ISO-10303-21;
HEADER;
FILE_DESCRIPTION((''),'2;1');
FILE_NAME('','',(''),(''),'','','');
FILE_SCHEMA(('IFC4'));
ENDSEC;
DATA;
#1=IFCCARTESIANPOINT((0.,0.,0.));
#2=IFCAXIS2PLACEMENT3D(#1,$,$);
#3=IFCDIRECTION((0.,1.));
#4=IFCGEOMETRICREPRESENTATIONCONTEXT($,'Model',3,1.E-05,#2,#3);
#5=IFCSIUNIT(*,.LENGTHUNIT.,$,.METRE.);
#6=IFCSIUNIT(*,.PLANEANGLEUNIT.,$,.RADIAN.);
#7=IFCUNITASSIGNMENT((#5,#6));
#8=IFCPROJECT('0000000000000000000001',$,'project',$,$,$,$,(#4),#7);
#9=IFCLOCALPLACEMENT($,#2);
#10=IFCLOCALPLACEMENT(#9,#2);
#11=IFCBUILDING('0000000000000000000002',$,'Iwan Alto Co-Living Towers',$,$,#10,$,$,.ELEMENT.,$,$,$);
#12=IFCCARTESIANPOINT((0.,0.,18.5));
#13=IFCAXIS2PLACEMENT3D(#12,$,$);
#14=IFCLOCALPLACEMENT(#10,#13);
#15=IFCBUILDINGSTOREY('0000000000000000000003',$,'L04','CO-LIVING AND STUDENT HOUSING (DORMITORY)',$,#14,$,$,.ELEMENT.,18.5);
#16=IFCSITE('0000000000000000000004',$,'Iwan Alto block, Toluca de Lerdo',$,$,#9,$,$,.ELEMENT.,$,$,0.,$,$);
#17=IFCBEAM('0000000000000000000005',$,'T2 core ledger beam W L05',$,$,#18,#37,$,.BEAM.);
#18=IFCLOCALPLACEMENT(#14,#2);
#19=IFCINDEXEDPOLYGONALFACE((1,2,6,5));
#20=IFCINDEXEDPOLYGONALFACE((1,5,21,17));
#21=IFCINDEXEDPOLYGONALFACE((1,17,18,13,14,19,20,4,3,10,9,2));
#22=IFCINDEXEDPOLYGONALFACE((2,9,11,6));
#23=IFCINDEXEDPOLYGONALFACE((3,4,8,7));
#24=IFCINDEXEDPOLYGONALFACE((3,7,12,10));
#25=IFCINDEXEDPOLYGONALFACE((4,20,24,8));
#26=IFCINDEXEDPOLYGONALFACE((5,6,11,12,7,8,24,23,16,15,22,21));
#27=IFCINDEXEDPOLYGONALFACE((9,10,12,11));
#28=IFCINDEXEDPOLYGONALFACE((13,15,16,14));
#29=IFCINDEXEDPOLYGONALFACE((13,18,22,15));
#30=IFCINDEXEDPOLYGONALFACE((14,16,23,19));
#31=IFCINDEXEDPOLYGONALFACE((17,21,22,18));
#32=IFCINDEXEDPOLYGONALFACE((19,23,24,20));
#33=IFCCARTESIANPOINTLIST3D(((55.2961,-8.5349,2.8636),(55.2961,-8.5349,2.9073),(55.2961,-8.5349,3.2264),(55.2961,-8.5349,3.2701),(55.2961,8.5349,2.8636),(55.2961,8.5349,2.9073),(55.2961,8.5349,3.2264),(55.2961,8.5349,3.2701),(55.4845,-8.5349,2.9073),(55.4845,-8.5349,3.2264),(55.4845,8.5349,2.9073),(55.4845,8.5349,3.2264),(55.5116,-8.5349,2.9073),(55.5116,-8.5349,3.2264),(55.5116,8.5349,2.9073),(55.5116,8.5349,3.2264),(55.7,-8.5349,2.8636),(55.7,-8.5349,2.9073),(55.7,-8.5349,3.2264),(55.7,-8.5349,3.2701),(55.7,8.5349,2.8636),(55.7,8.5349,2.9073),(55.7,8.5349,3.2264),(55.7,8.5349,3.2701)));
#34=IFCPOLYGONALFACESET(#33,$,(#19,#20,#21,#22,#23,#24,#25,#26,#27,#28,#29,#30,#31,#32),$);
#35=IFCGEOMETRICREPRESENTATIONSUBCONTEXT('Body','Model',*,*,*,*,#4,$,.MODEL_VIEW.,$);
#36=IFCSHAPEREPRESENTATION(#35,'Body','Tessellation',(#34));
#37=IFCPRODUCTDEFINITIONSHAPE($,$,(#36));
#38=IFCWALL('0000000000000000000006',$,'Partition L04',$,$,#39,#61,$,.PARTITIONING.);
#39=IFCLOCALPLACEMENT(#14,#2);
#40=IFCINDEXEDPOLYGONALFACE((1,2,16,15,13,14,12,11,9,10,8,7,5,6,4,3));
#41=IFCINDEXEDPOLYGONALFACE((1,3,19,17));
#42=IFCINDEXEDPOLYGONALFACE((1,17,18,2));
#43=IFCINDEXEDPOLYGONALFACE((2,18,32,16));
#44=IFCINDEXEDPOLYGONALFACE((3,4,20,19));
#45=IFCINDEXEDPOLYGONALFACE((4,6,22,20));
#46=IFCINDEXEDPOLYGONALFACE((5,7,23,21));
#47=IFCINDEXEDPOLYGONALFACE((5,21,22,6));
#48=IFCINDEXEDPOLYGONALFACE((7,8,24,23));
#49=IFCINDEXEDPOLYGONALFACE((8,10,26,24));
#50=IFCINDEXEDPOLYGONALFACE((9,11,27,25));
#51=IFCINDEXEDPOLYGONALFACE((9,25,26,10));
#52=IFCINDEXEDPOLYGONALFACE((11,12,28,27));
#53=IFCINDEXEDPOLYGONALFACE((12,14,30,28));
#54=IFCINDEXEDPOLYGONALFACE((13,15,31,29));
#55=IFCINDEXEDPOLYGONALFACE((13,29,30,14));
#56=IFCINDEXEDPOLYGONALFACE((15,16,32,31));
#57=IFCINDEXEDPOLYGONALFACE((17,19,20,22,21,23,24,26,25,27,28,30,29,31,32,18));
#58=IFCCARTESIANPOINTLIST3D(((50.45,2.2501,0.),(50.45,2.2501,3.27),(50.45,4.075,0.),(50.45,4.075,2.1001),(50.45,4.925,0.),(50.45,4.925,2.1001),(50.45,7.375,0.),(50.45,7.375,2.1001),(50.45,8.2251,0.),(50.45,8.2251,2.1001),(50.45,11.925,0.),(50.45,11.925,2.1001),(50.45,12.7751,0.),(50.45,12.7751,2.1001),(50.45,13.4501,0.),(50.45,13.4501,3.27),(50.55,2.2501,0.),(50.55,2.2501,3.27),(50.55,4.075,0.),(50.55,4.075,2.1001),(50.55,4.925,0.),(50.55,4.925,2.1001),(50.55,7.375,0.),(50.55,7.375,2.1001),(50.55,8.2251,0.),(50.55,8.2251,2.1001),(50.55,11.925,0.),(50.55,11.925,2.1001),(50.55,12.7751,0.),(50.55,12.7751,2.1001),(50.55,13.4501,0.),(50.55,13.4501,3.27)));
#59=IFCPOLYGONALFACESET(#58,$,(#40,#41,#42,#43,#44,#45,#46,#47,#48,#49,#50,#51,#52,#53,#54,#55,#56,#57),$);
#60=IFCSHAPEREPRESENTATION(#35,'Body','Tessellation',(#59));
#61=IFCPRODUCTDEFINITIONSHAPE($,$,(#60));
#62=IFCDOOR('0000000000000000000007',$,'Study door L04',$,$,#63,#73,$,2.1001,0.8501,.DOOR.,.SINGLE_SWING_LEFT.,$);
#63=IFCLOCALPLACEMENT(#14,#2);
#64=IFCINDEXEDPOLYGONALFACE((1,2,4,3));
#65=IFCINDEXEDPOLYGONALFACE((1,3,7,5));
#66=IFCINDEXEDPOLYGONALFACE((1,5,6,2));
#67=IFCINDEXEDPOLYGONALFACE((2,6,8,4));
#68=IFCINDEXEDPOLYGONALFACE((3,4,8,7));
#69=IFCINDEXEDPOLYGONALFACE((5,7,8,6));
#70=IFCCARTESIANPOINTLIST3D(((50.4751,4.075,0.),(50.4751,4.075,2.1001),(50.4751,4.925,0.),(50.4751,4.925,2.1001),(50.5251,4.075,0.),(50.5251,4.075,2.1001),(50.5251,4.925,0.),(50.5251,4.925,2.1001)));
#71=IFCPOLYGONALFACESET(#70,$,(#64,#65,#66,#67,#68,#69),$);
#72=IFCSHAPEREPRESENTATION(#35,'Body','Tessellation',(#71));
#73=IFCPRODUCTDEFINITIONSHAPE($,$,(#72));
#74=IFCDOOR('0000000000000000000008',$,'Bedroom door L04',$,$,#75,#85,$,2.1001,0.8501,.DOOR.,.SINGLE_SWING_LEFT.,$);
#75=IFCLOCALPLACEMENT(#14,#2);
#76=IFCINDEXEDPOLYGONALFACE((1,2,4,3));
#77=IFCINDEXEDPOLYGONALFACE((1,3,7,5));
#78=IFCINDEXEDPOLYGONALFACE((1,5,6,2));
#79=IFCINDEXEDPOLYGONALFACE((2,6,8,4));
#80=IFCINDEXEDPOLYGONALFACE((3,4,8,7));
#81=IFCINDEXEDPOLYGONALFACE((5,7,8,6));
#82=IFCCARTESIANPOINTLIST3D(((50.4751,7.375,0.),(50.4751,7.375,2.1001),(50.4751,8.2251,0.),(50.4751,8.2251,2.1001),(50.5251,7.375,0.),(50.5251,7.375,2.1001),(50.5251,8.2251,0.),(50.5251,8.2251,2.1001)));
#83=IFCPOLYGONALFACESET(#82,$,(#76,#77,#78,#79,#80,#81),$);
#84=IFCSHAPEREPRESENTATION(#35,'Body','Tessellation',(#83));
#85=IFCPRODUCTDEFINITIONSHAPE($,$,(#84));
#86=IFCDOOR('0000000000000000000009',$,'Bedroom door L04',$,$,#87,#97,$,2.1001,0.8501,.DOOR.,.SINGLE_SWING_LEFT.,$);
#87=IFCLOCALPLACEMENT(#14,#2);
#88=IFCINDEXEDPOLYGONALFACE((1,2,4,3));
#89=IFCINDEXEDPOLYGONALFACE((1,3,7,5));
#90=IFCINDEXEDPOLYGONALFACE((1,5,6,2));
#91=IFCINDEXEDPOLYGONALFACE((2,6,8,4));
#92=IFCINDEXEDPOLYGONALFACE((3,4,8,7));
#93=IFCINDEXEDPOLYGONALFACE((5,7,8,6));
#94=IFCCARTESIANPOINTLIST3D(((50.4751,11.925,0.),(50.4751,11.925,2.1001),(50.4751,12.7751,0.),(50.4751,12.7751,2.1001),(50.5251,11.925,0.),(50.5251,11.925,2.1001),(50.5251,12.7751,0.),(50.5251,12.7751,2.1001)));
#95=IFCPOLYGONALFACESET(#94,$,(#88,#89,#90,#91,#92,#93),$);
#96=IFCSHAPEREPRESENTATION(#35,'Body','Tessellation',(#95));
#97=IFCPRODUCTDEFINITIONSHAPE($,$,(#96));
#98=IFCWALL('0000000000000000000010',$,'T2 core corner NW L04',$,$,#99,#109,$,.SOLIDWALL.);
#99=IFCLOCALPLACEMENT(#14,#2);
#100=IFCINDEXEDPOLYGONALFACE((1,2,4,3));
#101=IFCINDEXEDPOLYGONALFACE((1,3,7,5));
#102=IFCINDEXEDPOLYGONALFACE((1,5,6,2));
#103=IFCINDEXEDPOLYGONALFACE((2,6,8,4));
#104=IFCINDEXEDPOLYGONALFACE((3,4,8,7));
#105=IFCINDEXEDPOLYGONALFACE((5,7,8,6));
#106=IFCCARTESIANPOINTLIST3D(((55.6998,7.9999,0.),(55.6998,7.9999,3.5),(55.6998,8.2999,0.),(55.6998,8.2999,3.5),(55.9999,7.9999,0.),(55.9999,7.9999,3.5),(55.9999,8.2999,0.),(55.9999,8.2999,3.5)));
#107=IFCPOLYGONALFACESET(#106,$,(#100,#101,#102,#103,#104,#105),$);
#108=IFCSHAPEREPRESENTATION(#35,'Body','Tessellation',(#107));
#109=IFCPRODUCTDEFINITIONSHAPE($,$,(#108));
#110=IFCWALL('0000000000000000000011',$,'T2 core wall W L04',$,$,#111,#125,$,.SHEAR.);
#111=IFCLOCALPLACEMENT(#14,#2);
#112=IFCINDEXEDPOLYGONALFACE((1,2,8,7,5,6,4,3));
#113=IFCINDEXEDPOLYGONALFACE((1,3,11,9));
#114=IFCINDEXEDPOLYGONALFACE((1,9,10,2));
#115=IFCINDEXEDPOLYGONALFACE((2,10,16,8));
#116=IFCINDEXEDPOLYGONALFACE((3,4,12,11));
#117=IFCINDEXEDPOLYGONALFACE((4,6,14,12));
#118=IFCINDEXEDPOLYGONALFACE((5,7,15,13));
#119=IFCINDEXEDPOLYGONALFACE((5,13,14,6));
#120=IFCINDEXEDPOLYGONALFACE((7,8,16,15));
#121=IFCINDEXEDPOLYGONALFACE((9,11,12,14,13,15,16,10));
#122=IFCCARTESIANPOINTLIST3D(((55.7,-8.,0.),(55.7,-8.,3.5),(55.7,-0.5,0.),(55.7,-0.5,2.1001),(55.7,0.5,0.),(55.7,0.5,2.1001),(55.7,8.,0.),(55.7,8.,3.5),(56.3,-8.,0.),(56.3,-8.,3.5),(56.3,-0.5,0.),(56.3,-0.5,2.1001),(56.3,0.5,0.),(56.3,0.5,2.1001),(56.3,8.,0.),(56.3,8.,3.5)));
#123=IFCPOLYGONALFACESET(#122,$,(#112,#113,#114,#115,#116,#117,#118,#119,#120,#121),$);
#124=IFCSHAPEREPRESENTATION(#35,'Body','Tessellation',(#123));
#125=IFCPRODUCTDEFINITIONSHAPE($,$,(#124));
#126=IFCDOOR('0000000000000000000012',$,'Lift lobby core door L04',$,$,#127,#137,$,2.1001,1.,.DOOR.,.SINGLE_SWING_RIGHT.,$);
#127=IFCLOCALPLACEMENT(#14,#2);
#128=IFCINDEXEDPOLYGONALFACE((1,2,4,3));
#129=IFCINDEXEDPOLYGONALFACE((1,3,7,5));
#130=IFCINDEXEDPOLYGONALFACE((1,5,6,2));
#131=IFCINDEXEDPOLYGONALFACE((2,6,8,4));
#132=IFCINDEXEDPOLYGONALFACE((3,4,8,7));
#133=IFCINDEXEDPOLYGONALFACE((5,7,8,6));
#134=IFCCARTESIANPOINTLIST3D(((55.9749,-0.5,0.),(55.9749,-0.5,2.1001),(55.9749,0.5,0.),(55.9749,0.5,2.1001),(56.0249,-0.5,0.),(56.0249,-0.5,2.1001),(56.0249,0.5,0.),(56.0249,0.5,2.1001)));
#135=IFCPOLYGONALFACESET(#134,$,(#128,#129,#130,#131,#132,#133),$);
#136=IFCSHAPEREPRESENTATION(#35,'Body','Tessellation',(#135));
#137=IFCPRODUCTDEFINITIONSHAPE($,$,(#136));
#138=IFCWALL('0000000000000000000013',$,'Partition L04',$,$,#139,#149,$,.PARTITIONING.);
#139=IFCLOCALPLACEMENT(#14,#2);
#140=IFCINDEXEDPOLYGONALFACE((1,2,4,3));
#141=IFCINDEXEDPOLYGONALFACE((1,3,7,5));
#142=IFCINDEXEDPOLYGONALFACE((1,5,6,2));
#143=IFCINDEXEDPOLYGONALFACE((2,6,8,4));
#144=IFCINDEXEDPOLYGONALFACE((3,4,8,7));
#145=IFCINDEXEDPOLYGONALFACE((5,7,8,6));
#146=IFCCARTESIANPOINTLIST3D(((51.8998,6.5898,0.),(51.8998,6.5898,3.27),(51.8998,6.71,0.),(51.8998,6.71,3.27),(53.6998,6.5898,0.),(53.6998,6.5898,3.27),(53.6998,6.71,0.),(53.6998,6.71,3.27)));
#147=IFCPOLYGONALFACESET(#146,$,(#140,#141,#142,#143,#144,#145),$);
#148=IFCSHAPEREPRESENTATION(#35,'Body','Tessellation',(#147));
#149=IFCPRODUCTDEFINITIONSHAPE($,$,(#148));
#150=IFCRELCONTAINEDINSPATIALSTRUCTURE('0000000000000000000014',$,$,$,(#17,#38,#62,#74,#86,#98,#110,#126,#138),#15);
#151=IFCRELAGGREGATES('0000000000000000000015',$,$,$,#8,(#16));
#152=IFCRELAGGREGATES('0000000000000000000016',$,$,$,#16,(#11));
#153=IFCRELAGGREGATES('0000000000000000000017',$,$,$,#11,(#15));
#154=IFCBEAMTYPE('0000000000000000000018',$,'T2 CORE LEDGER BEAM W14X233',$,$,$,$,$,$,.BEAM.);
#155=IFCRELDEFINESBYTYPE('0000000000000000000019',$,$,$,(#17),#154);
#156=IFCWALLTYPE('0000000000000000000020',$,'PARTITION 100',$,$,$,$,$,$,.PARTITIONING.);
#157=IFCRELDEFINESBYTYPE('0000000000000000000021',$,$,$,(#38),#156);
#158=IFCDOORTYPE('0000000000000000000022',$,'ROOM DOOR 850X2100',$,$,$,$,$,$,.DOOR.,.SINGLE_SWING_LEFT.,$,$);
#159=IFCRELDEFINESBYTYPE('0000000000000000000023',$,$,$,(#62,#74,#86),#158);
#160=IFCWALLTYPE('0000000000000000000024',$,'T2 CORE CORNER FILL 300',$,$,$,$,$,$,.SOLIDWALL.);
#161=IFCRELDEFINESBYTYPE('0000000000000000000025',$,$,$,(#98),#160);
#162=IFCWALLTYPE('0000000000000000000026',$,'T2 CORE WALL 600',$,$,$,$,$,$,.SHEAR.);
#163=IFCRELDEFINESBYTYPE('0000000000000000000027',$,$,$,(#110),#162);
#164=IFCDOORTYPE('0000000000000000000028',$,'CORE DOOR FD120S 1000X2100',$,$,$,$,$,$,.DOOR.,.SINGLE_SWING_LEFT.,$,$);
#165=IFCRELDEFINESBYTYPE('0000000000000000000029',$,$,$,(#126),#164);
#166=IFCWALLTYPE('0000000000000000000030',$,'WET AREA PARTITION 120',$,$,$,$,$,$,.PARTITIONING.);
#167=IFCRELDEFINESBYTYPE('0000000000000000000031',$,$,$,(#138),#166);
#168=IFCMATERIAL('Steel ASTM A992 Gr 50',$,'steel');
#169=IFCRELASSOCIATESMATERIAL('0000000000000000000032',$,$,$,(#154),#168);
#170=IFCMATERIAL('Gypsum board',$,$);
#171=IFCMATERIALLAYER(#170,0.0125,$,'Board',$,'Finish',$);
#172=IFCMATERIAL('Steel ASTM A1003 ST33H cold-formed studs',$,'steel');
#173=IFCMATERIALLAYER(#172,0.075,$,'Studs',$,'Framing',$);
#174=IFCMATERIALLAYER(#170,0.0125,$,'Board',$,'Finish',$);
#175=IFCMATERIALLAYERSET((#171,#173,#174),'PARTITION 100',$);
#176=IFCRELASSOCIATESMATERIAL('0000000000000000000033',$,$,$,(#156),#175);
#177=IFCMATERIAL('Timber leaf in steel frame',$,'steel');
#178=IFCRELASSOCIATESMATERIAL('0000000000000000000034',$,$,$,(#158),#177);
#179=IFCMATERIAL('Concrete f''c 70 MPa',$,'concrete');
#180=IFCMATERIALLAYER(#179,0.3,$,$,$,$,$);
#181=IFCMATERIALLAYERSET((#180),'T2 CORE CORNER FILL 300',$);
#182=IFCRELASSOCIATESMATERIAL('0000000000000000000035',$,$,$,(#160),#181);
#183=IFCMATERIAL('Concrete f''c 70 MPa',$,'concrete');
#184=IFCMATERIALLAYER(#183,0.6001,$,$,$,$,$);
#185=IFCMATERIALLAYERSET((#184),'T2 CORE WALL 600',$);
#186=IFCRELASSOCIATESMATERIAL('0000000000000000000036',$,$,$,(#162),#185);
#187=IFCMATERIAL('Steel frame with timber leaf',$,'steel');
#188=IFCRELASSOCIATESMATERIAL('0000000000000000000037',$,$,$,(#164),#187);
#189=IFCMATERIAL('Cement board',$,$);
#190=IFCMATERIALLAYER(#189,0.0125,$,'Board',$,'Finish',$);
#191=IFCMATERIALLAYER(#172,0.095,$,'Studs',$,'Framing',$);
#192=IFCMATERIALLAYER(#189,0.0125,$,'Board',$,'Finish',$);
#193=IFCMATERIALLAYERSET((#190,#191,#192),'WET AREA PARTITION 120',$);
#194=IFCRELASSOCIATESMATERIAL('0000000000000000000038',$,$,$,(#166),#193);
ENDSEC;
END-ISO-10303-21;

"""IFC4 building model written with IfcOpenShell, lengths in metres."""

from ifc_helpers import new_model, si_unit, direction, frame, frame_2d, origin, origin_2d, place, context, subcontext, project, spatial, rectangle, i_section, extrude, material, layer, layer_set, material_profile, profile_set, type_object, element, fill, save


model = new_model("IFC4")

# Units and contexts
model_context = context("Model", 3, precision=1e-05, world=origin(), true_north=direction((0.0, 1.0)))
body_context = subcontext(model_context, "Body", "Model", "MODEL_VIEW")
ifc_project = project(units=[si_unit("LENGTHUNIT", "METRE"), si_unit("PLANEANGLEUNIT", "RADIAN")], contexts=[model_context])

# Site, building, storey
site_placement = place(None, origin())
site = spatial("IfcSite", under=ifc_project, at=site_placement, Name="Iwan Alto block, Toluca de Lerdo", CompositionType="ELEMENT", RefElevation=0.0)
building_placement = place(site_placement, origin())
building = spatial("IfcBuilding", under=site, at=building_placement, Name="Iwan Alto Co-Living Towers", CompositionType="ELEMENT")
storey_placement = place(building_placement, frame((0.0, 0.0, 18.5)))
storey = spatial("IfcBuildingStorey", under=building, at=storey_placement, Name="L04", Description="CO-LIVING AND STUDENT HOUSING (DORMITORY)", CompositionType="ELEMENT", Elevation=18.5)

# Beam
ifc_material_1 = material(Name="Steel ASTM A992 Gr 50", Category="steel")
ifc_material_profile = material_profile(ifc_material_1, i_section(OverallWidth=0.4038, OverallDepth=0.4065, WebThickness=0.0271, FlangeThickness=0.0437, at=origin_2d()), Name="W14X233")
ifc_profile_set = profile_set([ifc_material_profile], Name="Steel ASTM A992 Gr 50")
beam_type = type_object("IfcBeamType", Name="T2 CORE LEDGER BEAM W14X233", PredefinedType="BEAM", material=ifc_profile_set)
beam_placement = place(storey_placement, frame((55.498, 8.5349, 3.0669), z_axis=(0.0, -1.0, 0.0), x_axis=(1.0, 0.0, 0.0)))
element("IfcBeam", 1, at=beam_placement, inside=storey, type_object=beam_type, Name="T2 core ledger beam W L05", PredefinedType="BEAM", context=body_context, shape_type="SweptSolid", body=[
    extrude(i_section(OverallWidth=0.4038, OverallDepth=0.4065, WebThickness=0.0271, FlangeThickness=0.0437, at=origin_2d()), origin(), (0.0, 0.0, 1.0), 17.0698),
])

# Wall, openings, doors
ifc_material_2 = material(Name="Gypsum board")
ifc_layer_1 = layer(ifc_material_2, 0.0125, Name="Board", Category="Finish")
ifc_material_3 = material(Name="Steel ASTM A1003 ST33H cold-formed studs", Category="steel")
ifc_layer_2 = layer(ifc_material_3, 0.075, Name="Studs", Category="Framing")
ifc_layer_3 = layer(ifc_material_2, 0.0125, Name="Board", Category="Finish")
ifc_layer_set_1 = layer_set([ifc_layer_1, ifc_layer_2, ifc_layer_3], Name="PARTITION 100")
wall_type_1 = type_object("IfcWallType", Name="PARTITION 100", PredefinedType="PARTITIONING", material=ifc_layer_set_1)
wall_1_placement = place(storey_placement, frame((50.5, 2.25, 0.0), z_axis=(0.0, 0.0, 1.0), x_axis=(0.0, 1.0, 0.0)))
wall_1 = element("IfcWall", 2, at=wall_1_placement, inside=storey, type_object=wall_type_1, Name="Partition L04", PredefinedType="PARTITIONING", context=body_context, shape_type="SweptSolid", body=[
    extrude(rectangle(XDim=11.2, YDim=0.1001, at=frame_2d((5.6001, 0.0))), origin(), (0.0, 0.0, 1.0), 3.27),
])
opening_1_placement = place(wall_1_placement, frame((1.825, 0.0, 0.0)))
opening_1 = element("IfcOpeningElement", 3, at=opening_1_placement, cuts=wall_1, PredefinedType="OPENING", context=body_context, shape_type="SweptSolid", body=[
    extrude(rectangle(XDim=0.8501, YDim=2.1001, at=frame_2d((0.425, 1.05))), frame((0.0, 0.0601, 0.0), z_axis=(0.0, -1.0, 0.0), x_axis=(1.0, 0.0, 0.0)), (0.0, 0.0, 1.0), 0.1201),
])
opening_2_placement = place(wall_1_placement, frame((5.125, 0.0, 0.0)))
opening_2 = element("IfcOpeningElement", 4, at=opening_2_placement, cuts=wall_1, PredefinedType="OPENING", context=body_context, shape_type="SweptSolid", body=[
    extrude(rectangle(XDim=0.8501, YDim=2.1001, at=frame_2d((0.425, 1.05))), frame((0.0, 0.0601, 0.0), z_axis=(0.0, -1.0, 0.0), x_axis=(1.0, 0.0, 0.0)), (0.0, 0.0, 1.0), 0.1201),
])
opening_3_placement = place(wall_1_placement, frame((9.675, 0.0, 0.0)))
opening_3 = element("IfcOpeningElement", 5, at=opening_3_placement, cuts=wall_1, PredefinedType="OPENING", context=body_context, shape_type="SweptSolid", body=[
    extrude(rectangle(XDim=0.8501, YDim=2.1001, at=frame_2d((0.425, 1.05))), frame((0.0, 0.0601, 0.0), z_axis=(0.0, -1.0, 0.0), x_axis=(1.0, 0.0, 0.0)), (0.0, 0.0, 1.0), 0.1201),
])
ifc_material_4 = material(Name="Timber leaf in steel frame", Category="steel")
door_type_1 = type_object("IfcDoorType", Name="ROOM DOOR 850X2100", OperationType="SINGLE_SWING_LEFT", PredefinedType="DOOR", material=ifc_material_4)
door_1_placement = place(opening_1_placement, origin())
door_1 = element("IfcDoor", 6, at=door_1_placement, inside=storey, type_object=door_type_1, Name="Study door L04", OperationType="SINGLE_SWING_LEFT", OverallHeight=2.1001, OverallWidth=0.8501, PredefinedType="DOOR", context=body_context, shape_type="SweptSolid", body=[
    extrude(rectangle(XDim=0.8501, YDim=2.1001, at=frame_2d((0.425, 1.05))), frame((0.0, 0.0249, 0.0), z_axis=(0.0, -1.0, 0.0), x_axis=(1.0, 0.0, 0.0)), (0.0, 0.0, 1.0), 0.05),
])
fill(opening_1, door_1)
door_2_placement = place(opening_2_placement, origin())
door_2 = element("IfcDoor", 7, at=door_2_placement, inside=storey, type_object=door_type_1, Name="Bedroom door L04", OperationType="SINGLE_SWING_LEFT", OverallHeight=2.1001, OverallWidth=0.8501, PredefinedType="DOOR", context=body_context, shape_type="SweptSolid", body=[
    extrude(rectangle(XDim=0.8501, YDim=2.1001, at=frame_2d((0.425, 1.05))), frame((0.0, 0.0249, 0.0), z_axis=(0.0, -1.0, 0.0), x_axis=(1.0, 0.0, 0.0)), (0.0, 0.0, 1.0), 0.05),
])
fill(opening_2, door_2)
door_3_placement = place(opening_3_placement, origin())
door_3 = element("IfcDoor", 8, at=door_3_placement, inside=storey, type_object=door_type_1, Name="Bedroom door L04", OperationType="SINGLE_SWING_LEFT", OverallHeight=2.1001, OverallWidth=0.8501, PredefinedType="DOOR", context=body_context, shape_type="SweptSolid", body=[
    extrude(rectangle(XDim=0.8501, YDim=2.1001, at=frame_2d((0.425, 1.05))), frame((0.0, 0.0249, 0.0), z_axis=(0.0, -1.0, 0.0), x_axis=(1.0, 0.0, 0.0)), (0.0, 0.0, 1.0), 0.05),
])
fill(opening_3, door_3)

# Wall
ifc_material_5 = material(Name="Concrete f'c 70 MPa", Category="concrete")
ifc_layer_4 = layer(ifc_material_5, 0.3)
ifc_layer_set_2 = layer_set([ifc_layer_4], Name="T2 CORE CORNER FILL 300")
wall_type_2 = type_object("IfcWallType", Name="T2 CORE CORNER FILL 300", PredefinedType="SOLIDWALL", material=ifc_layer_set_2)
wall_2_placement = place(storey_placement, frame((55.7, 8.1499, 0.0), z_axis=(0.0, 0.0, 1.0), x_axis=(1.0, 0.0, 0.0)))
element("IfcWall", 9, at=wall_2_placement, inside=storey, type_object=wall_type_2, Name="T2 core corner NW L04", PredefinedType="SOLIDWALL", context=body_context, shape_type="SweptSolid", body=[
    extrude(rectangle(XDim=0.3, YDim=0.3, at=frame_2d((0.1499, 0.0))), origin(), (0.0, 0.0, 1.0), 3.5),
])

# Wall, opening, door
ifc_material_6 = material(Name="Concrete f'c 70 MPa", Category="concrete")
ifc_layer_5 = layer(ifc_material_6, 0.6001)
ifc_layer_set_3 = layer_set([ifc_layer_5], Name="T2 CORE WALL 600")
wall_type_3 = type_object("IfcWallType", Name="T2 CORE WALL 600", PredefinedType="SHEAR", material=ifc_layer_set_3)
wall_3_placement = place(storey_placement, frame((56.0, 8.0, 0.0), z_axis=(0.0, 0.0, 1.0), x_axis=(0.0, -1.0, 0.0)))
wall_3 = element("IfcWall", 10, at=wall_3_placement, inside=storey, type_object=wall_type_3, Name="T2 core wall W L04", PredefinedType="SHEAR", context=body_context, shape_type="SweptSolid", body=[
    extrude(rectangle(XDim=16.0, YDim=0.6001, at=frame_2d((8.0, 0.0))), origin(), (0.0, 0.0, 1.0), 3.5),
])
opening_4_placement = place(wall_3_placement, frame((7.5, 0.0, 0.0)))
opening_4 = element("IfcOpeningElement", 11, at=opening_4_placement, cuts=wall_3, PredefinedType="OPENING", context=body_context, shape_type="SweptSolid", body=[
    extrude(rectangle(XDim=1.0, YDim=2.1001, at=frame_2d((0.5, 1.05))), frame((0.0, 0.3101, 0.0), z_axis=(0.0, -1.0, 0.0), x_axis=(1.0, 0.0, 0.0)), (0.0, 0.0, 1.0), 0.6201),
])
ifc_material_7 = material(Name="Steel frame with timber leaf", Category="steel")
door_type_2 = type_object("IfcDoorType", Name="CORE DOOR FD120S 1000X2100", OperationType="SINGLE_SWING_LEFT", PredefinedType="DOOR", material=ifc_material_7)
door_4_placement = place(opening_4_placement, origin())
door_4 = element("IfcDoor", 12, at=door_4_placement, inside=storey, type_object=door_type_2, Name="Lift lobby core door L04", OperationType="SINGLE_SWING_RIGHT", OverallHeight=2.1001, OverallWidth=1.0, PredefinedType="DOOR", context=body_context, shape_type="SweptSolid", body=[
    extrude(rectangle(XDim=1.0, YDim=2.1001, at=frame_2d((0.5, 1.05))), frame((0.0, 0.0249, 0.0), z_axis=(0.0, -1.0, 0.0), x_axis=(1.0, 0.0, 0.0)), (0.0, 0.0, 1.0), 0.05),
])
fill(opening_4, door_4)

# Wall
ifc_material_8 = material(Name="Cement board")
ifc_layer_6 = layer(ifc_material_8, 0.0125, Name="Board", Category="Finish")
ifc_layer_7 = layer(ifc_material_3, 0.095, Name="Studs", Category="Framing")
ifc_layer_8 = layer(ifc_material_8, 0.0125, Name="Board", Category="Finish")
ifc_layer_set_4 = layer_set([ifc_layer_6, ifc_layer_7, ifc_layer_8], Name="WET AREA PARTITION 120")
wall_type_4 = type_object("IfcWallType", Name="WET AREA PARTITION 120", PredefinedType="PARTITIONING", material=ifc_layer_set_4)
wall_4_placement = place(storey_placement, frame((51.8999, 6.6499, 0.0), z_axis=(0.0, 0.0, 1.0), x_axis=(1.0, 0.0, 0.0)))
element("IfcWall", 13, at=wall_4_placement, inside=storey, type_object=wall_type_4, Name="Partition L04", PredefinedType="PARTITIONING", context=body_context, shape_type="SweptSolid", body=[
    extrude(rectangle(XDim=1.8, YDim=0.1201, at=frame_2d((0.8999, 0.0))), origin(), (0.0, 0.0, 1.0), 3.27),
])

save(model, "model.ifc")
